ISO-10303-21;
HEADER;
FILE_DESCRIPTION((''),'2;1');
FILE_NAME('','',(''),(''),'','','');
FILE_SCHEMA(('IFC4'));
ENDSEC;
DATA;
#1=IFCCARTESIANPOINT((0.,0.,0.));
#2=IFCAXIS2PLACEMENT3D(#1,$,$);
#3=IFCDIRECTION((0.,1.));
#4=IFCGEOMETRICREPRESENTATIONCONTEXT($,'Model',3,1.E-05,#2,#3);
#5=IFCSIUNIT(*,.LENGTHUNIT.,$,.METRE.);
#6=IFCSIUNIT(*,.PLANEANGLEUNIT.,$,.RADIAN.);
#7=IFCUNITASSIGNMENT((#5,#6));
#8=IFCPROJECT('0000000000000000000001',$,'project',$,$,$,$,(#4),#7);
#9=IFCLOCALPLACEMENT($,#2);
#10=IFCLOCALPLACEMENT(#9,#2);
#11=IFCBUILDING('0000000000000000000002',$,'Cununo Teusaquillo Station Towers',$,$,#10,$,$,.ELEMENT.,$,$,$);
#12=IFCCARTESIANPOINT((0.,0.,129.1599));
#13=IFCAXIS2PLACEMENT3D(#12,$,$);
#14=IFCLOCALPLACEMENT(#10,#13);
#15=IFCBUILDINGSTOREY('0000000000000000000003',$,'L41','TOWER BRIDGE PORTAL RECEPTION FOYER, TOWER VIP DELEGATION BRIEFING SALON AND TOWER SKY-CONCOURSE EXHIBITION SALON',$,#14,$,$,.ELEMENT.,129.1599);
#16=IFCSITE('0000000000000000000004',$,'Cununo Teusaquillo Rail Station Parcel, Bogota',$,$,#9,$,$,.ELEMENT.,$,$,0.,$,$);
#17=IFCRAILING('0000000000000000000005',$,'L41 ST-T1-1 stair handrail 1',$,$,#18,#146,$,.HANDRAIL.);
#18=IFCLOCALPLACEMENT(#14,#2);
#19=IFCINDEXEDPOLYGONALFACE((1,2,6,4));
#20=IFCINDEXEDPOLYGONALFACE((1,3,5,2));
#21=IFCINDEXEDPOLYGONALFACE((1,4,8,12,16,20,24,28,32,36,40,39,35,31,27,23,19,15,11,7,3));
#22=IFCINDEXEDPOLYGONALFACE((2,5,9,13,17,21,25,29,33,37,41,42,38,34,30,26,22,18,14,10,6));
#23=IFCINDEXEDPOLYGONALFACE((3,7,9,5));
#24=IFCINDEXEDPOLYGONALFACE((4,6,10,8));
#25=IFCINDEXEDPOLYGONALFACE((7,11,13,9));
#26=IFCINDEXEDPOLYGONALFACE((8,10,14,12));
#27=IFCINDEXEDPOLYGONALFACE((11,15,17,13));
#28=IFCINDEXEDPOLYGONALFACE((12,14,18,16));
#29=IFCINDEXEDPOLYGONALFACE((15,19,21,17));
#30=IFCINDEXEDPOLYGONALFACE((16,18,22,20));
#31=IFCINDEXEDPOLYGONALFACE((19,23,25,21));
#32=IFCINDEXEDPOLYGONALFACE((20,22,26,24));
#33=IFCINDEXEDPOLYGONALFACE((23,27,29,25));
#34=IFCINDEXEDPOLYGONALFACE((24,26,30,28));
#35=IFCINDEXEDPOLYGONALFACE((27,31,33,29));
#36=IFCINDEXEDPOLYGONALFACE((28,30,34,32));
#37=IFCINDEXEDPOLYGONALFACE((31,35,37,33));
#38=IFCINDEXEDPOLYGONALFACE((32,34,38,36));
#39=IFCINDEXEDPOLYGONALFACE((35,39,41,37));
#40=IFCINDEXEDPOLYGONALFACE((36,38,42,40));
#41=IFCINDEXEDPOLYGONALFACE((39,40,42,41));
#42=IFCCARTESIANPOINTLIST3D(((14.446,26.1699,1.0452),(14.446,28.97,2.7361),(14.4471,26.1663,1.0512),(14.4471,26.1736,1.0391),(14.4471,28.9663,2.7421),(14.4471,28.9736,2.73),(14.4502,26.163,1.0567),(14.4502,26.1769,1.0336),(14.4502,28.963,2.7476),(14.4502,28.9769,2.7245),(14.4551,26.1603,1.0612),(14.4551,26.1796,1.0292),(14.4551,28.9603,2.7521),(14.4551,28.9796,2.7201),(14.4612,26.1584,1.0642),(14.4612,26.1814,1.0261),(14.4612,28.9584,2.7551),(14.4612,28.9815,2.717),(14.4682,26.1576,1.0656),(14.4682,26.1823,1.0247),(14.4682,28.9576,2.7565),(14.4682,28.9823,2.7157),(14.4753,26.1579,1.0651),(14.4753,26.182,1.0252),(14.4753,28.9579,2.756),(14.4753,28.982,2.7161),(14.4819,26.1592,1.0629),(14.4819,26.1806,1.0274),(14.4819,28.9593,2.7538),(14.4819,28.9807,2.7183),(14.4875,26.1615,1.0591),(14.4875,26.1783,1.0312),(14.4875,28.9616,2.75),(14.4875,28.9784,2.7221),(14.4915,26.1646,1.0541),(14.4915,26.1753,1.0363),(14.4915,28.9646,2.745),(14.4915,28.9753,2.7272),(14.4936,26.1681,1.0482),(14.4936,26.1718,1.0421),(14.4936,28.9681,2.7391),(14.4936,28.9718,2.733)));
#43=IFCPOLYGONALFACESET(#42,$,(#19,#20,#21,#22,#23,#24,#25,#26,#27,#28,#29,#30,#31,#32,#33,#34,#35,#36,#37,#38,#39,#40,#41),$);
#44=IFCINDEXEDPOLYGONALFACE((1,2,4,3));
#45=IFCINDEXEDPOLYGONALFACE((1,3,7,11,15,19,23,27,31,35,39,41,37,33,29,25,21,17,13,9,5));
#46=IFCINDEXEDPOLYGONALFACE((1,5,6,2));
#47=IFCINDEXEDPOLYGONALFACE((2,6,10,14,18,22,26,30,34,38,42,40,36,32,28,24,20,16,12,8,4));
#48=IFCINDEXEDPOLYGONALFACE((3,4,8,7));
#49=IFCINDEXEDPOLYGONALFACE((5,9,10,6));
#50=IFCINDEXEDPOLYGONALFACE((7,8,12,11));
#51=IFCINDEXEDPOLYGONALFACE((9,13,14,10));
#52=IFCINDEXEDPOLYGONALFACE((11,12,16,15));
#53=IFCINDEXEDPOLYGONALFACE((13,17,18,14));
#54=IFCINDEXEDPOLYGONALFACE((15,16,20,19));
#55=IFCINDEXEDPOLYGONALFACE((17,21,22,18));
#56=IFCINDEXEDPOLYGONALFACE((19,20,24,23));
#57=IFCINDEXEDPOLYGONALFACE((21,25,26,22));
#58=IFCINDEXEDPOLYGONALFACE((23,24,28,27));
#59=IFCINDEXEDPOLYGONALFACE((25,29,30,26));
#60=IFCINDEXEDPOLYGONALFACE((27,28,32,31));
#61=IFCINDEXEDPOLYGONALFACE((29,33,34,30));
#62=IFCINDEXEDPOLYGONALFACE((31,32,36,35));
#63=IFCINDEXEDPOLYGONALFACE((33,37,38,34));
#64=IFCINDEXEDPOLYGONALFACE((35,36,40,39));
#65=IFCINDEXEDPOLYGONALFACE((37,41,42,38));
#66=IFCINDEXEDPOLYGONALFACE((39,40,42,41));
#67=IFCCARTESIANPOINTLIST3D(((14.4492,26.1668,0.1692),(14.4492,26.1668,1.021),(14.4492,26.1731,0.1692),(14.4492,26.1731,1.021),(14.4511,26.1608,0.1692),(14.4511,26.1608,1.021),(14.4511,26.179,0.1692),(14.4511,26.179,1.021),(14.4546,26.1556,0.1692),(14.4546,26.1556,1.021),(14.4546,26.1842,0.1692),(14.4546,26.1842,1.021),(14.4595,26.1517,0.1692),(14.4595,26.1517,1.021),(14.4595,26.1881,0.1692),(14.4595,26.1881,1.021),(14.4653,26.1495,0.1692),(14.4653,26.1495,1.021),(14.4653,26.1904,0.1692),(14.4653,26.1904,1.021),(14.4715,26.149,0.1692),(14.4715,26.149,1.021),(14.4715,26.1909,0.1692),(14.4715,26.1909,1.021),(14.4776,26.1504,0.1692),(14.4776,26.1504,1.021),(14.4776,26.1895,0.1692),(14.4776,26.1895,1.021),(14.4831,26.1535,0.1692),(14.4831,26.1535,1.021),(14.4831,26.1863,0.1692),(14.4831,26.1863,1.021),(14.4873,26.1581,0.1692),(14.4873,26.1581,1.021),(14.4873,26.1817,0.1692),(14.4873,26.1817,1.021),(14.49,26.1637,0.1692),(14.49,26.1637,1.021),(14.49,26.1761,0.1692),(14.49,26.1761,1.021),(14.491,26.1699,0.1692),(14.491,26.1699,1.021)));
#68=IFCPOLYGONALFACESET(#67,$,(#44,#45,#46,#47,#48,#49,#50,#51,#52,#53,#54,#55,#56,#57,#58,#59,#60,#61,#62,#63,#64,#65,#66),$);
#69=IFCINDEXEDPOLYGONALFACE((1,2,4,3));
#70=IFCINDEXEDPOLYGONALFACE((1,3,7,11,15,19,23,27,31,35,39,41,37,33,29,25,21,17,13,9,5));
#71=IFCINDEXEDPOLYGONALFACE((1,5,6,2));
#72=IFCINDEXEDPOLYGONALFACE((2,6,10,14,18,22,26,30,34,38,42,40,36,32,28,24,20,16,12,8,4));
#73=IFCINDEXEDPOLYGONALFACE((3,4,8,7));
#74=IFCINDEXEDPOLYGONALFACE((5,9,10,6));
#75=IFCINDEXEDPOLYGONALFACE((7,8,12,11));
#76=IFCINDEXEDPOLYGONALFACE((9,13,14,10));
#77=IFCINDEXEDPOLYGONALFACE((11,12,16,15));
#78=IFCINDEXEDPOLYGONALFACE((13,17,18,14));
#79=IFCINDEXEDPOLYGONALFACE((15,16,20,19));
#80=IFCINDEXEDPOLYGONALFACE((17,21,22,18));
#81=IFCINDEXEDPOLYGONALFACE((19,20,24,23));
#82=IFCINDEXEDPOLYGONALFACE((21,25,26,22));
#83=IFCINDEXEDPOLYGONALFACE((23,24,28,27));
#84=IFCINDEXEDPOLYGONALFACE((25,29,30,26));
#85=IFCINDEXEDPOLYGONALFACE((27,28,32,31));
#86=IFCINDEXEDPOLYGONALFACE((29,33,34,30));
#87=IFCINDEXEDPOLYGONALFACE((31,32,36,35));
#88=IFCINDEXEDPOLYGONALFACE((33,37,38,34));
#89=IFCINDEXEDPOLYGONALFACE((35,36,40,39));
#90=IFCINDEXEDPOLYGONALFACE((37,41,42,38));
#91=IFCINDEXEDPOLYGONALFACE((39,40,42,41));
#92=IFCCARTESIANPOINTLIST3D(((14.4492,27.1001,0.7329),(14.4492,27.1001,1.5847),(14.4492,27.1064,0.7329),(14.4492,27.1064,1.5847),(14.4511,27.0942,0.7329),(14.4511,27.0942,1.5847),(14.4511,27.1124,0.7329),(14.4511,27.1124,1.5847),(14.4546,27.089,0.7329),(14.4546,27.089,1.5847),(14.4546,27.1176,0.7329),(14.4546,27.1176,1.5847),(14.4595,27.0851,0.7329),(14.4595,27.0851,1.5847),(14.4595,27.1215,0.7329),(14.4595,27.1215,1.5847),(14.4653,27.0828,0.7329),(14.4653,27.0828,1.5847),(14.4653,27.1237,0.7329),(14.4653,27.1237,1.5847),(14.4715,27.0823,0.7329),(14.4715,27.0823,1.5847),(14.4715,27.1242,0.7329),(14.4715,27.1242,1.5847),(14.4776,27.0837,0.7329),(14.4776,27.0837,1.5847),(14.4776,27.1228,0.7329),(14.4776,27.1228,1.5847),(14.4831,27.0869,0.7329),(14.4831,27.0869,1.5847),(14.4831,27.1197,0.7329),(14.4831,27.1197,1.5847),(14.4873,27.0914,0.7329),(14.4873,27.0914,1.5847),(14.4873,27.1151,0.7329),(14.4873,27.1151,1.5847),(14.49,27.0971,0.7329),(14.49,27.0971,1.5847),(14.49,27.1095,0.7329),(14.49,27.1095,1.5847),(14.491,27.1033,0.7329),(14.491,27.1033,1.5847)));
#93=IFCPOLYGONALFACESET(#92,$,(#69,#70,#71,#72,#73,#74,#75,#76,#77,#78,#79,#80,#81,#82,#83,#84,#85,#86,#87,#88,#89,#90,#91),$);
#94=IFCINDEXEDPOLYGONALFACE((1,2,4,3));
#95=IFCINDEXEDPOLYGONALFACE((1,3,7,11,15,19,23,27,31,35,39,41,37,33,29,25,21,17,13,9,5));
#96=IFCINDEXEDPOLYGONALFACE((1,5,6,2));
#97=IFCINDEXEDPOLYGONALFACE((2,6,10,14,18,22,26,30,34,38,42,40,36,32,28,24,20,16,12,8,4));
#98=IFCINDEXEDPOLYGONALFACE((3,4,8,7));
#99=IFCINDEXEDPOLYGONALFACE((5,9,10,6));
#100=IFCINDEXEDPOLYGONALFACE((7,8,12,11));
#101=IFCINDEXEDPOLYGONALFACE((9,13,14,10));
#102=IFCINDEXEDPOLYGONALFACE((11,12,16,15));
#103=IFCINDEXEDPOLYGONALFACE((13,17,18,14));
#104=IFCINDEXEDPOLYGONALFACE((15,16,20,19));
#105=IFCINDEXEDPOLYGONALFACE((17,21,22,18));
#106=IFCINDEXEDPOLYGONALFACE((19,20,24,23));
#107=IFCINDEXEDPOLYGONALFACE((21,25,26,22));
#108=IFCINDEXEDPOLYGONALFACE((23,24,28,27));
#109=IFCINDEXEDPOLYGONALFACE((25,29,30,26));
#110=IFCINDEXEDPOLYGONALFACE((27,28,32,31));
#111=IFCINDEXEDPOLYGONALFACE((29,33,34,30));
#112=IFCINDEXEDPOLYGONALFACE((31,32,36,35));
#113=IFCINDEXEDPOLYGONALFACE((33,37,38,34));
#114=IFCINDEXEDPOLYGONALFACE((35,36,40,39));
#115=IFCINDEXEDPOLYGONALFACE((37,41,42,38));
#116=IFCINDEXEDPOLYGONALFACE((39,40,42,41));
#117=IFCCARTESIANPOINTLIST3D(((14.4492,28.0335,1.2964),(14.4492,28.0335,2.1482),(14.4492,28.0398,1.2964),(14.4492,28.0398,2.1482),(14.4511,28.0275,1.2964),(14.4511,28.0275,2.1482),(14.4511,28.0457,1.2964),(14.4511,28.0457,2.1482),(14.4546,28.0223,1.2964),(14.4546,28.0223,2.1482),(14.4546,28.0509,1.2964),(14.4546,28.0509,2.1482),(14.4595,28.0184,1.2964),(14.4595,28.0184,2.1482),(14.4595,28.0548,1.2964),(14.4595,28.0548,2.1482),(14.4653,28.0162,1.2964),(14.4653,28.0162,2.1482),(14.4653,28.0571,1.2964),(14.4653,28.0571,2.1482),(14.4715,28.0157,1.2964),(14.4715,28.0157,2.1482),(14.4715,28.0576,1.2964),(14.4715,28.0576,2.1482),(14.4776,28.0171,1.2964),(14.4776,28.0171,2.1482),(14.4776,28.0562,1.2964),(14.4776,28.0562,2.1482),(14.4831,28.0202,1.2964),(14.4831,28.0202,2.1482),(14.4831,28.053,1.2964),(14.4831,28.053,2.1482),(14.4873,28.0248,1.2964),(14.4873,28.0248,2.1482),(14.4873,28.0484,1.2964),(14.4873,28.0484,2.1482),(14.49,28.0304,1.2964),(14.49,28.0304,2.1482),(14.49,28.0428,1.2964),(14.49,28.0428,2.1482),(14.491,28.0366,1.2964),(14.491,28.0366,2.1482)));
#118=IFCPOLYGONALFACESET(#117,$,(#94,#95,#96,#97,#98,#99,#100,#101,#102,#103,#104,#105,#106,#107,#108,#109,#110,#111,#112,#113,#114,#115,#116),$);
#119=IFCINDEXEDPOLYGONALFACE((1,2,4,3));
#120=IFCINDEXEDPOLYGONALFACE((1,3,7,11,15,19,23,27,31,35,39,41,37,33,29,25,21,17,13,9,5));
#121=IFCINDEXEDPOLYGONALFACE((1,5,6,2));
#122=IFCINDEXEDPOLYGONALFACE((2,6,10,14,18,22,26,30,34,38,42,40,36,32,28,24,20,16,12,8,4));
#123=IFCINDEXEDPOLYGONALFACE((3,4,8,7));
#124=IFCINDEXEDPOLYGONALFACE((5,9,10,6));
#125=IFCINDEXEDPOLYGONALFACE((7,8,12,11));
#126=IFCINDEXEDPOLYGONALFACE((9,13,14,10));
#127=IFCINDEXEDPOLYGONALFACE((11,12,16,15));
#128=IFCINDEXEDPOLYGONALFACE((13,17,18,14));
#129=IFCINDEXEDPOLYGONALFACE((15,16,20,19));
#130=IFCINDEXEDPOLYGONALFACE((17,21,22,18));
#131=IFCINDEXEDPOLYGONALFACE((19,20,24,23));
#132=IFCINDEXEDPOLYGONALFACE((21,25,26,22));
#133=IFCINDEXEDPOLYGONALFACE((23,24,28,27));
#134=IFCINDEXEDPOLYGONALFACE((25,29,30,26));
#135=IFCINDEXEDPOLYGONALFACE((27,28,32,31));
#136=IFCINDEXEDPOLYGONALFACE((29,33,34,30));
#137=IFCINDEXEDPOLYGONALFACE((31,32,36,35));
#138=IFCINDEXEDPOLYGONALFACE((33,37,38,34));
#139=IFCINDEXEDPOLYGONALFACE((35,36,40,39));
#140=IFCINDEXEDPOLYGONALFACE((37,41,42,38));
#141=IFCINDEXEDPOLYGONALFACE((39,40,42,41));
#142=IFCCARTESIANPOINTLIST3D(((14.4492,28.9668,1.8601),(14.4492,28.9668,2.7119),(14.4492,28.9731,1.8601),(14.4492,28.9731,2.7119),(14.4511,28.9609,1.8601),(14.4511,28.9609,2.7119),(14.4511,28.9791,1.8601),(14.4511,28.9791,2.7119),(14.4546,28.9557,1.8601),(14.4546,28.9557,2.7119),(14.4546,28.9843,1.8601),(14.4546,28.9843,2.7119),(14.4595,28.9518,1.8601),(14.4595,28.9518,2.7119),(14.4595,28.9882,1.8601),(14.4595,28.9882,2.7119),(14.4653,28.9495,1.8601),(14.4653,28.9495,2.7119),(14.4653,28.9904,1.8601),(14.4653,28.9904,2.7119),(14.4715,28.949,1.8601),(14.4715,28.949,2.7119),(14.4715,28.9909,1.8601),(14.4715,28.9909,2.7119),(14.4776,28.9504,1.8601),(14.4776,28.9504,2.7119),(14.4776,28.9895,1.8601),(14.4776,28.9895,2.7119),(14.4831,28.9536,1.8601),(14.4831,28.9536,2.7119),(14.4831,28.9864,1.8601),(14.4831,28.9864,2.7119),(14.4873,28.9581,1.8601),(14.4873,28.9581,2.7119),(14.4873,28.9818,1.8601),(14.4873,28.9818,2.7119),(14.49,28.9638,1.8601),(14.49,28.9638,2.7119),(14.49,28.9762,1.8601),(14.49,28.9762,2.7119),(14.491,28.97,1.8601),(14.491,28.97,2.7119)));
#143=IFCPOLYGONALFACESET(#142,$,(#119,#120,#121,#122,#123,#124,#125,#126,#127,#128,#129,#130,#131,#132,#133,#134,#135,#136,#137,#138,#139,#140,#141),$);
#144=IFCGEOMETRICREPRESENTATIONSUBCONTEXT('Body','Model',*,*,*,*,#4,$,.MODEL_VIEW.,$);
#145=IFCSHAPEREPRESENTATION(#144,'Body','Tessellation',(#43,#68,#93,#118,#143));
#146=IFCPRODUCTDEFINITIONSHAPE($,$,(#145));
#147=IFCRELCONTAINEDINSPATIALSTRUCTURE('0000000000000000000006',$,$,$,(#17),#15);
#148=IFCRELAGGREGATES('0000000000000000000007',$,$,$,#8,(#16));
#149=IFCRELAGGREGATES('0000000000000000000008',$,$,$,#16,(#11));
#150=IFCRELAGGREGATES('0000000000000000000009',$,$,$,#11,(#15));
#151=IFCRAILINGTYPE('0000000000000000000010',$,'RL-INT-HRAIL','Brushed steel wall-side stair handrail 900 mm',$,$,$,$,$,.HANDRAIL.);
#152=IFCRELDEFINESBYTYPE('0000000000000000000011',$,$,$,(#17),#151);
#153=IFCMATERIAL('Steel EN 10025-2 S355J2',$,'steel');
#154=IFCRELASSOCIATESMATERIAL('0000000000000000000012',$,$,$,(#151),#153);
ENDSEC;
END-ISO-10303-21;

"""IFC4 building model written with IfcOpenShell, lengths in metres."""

from ifc_helpers import new_model, si_unit, direction, frame, origin, origin_2d, place, context, subcontext, project, spatial, circle, extrude, material, type_object, element, save


model = new_model("IFC4")

# Units and contexts
model_context = context("Model", 3, precision=1e-05, world=origin(), true_north=direction((0.0, 1.0)))
body_context = subcontext(model_context, "Body", "Model", "MODEL_VIEW")
ifc_project = project(units=[si_unit("LENGTHUNIT", "METRE"), si_unit("PLANEANGLEUNIT", "RADIAN")], contexts=[model_context])

# Site, building, storey
site_placement = place(None, origin())
site = spatial("IfcSite", under=ifc_project, at=site_placement, Name="Cununo Teusaquillo Rail Station Parcel, Bogota", CompositionType="ELEMENT", RefElevation=0.0)
building_placement = place(site_placement, origin())
building = spatial("IfcBuilding", under=site, at=building_placement, Name="Cununo Teusaquillo Station Towers", CompositionType="ELEMENT")
storey_placement = place(building_placement, frame((0.0, 0.0, 129.1599)))
storey = spatial("IfcBuildingStorey", under=building, at=storey_placement, Name="L41", Description="TOWER BRIDGE PORTAL RECEPTION FOYER, TOWER VIP DELEGATION BRIEFING SALON AND TOWER SKY-CONCOURSE EXHIBITION SALON", CompositionType="ELEMENT", Elevation=129.1599)

# Railing
ifc_material_1 = material(Name="Steel EN 10025-2 S355J2", Category="steel")
railing_type_1 = type_object("IfcRailingType", Name="RL-INT-HRAIL", Description="Brushed steel wall-side stair handrail 900 mm", PredefinedType="HANDRAIL", material=ifc_material_1)
railing_1_placement = place(storey_placement, frame((14.47, 26.1699, 0.1692)))
element("IfcRailing", 1, at=railing_1_placement, inside=storey, type_object=railing_type_1, Name="L41 ST-T1-1 stair handrail 1", PredefinedType="HANDRAIL", context=body_context, shape_type="SweptSolid", body=[
    extrude(circle(Radius=0.0239, at=origin_2d()), frame((0.0, 0.0, 0.876), z_axis=(0.0, 0.856021, 0.516941), x_axis=(-1.0, 0.0, 0.0)), (0.0, 0.0, 1.0), 3.271),
    extrude(circle(Radius=0.021, at=origin_2d()), origin(), (0.0, 0.0, 1.0), 0.8518),
    extrude(circle(Radius=0.021, at=origin_2d()), frame((0.0, 0.9333, 0.5637)), (0.0, 0.0, 1.0), 0.8518),
    extrude(circle(Radius=0.021, at=origin_2d()), frame((0.0, 1.8667, 1.1272)), (0.0, 0.0, 1.0), 0.8518),
    extrude(circle(Radius=0.021, at=origin_2d()), frame((0.0, 2.8, 1.6909)), (0.0, 0.0, 1.0), 0.8518),
])

save(model, "model.ifc")
